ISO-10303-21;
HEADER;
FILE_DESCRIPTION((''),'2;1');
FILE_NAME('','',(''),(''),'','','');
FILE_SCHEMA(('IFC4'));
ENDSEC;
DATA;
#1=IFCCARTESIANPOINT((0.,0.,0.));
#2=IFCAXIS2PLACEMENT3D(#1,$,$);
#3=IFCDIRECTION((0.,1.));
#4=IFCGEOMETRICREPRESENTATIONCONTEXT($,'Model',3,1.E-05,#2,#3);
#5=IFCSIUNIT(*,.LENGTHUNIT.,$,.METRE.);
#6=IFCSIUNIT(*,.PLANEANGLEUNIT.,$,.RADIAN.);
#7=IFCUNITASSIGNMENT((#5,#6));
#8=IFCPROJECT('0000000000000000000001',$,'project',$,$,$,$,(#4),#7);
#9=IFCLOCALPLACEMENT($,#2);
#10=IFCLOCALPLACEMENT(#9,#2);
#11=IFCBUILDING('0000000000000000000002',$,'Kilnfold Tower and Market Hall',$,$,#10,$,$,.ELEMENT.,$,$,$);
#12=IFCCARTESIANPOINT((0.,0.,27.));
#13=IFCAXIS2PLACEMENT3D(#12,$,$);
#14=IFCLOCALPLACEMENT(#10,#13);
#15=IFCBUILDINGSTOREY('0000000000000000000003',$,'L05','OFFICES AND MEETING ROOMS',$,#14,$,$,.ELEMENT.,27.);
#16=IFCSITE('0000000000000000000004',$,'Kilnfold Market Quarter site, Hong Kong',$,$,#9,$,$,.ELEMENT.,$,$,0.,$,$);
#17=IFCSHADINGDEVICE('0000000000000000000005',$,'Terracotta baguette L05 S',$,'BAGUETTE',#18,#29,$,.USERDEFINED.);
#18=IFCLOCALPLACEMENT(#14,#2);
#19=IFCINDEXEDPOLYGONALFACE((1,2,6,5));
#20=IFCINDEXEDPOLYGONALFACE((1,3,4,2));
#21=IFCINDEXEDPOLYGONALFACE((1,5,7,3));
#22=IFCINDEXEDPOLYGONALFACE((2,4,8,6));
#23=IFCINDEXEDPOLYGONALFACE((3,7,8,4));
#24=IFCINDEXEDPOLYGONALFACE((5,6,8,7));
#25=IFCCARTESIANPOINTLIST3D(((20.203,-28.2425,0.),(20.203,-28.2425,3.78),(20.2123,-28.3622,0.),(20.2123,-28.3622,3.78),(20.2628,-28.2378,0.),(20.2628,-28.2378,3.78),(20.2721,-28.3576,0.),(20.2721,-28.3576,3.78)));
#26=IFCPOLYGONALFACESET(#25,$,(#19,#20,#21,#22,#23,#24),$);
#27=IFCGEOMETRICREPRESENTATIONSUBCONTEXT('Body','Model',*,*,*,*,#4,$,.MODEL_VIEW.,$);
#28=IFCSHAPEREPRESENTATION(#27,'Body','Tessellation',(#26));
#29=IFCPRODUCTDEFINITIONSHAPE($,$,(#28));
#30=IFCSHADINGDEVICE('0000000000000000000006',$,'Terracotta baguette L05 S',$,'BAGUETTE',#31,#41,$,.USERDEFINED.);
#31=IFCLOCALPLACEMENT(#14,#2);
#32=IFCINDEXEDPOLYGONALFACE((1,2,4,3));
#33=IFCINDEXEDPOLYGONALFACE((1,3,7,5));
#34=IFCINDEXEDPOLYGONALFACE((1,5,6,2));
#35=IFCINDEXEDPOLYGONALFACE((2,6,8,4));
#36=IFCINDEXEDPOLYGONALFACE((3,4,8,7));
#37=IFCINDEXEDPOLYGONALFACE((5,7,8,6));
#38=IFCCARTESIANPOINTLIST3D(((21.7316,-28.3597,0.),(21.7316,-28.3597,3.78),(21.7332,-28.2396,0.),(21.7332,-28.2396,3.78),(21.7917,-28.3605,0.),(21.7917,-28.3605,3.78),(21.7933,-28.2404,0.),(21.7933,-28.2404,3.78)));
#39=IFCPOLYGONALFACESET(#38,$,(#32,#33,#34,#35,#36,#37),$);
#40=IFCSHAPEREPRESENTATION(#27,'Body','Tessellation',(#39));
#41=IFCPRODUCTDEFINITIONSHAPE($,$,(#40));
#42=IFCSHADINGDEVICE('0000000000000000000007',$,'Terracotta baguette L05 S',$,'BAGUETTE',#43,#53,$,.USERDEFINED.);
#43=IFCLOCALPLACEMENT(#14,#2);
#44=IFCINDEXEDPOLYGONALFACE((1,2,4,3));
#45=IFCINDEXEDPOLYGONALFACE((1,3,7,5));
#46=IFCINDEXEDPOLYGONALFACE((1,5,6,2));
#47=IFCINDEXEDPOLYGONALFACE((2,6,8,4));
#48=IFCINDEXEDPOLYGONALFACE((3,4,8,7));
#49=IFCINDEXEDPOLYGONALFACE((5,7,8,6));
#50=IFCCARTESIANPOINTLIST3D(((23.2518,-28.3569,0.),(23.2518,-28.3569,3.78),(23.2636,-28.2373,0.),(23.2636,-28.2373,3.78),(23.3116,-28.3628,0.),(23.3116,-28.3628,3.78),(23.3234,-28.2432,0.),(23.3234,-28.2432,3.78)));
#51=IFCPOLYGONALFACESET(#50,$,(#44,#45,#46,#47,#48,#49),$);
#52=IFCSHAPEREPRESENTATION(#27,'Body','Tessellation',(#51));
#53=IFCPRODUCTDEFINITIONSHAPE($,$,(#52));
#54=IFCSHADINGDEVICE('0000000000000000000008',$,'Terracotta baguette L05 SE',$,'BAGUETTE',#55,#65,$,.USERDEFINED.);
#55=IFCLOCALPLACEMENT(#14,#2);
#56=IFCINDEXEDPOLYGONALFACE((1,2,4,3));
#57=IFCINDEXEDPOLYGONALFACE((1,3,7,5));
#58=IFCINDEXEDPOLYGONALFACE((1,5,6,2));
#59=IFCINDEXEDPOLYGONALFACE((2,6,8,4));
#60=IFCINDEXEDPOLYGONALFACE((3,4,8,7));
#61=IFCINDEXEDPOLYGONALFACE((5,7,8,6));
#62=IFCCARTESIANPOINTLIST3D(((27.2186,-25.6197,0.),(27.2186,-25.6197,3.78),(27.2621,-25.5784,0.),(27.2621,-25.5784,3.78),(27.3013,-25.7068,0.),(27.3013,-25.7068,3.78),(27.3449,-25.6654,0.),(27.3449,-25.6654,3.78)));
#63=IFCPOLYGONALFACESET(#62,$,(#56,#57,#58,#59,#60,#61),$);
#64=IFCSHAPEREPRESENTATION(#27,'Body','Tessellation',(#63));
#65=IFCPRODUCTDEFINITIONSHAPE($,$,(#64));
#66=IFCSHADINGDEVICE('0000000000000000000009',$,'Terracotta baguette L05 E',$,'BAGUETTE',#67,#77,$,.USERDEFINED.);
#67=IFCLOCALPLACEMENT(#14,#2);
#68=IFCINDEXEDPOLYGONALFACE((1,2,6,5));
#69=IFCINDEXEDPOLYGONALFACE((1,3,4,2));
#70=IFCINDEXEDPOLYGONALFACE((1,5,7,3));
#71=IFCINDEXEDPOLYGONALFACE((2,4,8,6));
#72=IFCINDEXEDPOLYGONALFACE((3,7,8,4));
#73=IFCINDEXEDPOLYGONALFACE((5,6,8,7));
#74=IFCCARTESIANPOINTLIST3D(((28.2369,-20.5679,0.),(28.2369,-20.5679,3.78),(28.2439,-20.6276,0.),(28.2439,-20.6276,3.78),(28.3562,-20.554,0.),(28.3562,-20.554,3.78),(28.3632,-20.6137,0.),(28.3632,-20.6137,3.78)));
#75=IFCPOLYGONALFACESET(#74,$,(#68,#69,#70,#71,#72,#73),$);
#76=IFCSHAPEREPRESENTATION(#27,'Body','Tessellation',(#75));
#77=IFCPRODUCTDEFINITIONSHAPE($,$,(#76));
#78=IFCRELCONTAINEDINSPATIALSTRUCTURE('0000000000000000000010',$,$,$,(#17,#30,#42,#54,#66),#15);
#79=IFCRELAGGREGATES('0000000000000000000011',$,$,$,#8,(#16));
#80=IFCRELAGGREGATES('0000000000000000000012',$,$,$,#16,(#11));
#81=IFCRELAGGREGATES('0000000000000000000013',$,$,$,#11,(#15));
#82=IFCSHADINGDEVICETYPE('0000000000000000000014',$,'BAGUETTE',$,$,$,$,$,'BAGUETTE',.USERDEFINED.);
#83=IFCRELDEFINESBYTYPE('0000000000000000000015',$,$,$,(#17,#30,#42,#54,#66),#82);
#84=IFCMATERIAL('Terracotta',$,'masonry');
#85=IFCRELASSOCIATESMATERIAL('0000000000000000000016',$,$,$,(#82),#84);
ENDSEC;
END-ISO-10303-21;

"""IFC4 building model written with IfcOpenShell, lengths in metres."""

from ifc_helpers import new_model, si_unit, direction, frame, origin, origin_2d, place, context, subcontext, project, spatial, rectangle, extrude, source, transform, mapped, material, material_profile, profile_set, type_object, element, save


model = new_model("IFC4")

# Units and contexts
model_context = context("Model", 3, precision=1e-05, world=origin(), true_north=direction((0.0, 1.0)))
body_context = subcontext(model_context, "Body", "Model", "MODEL_VIEW")
ifc_project = project(units=[si_unit("LENGTHUNIT", "METRE"), si_unit("PLANEANGLEUNIT", "RADIAN")], contexts=[model_context])

# Site, building, storey
site_placement = place(None, origin())
site = spatial("IfcSite", under=ifc_project, at=site_placement, Name="Kilnfold Market Quarter site, Hong Kong", CompositionType="ELEMENT", RefElevation=0.0)
building_placement = place(site_placement, origin())
building = spatial("IfcBuilding", under=site, at=building_placement, Name="Kilnfold Tower and Market Hall", CompositionType="ELEMENT")
storey_placement = place(building_placement, frame((0.0, 0.0, 27.0)))
storey = spatial("IfcBuildingStorey", under=building, at=storey_placement, Name="L05", Description="OFFICES AND MEETING ROOMS", CompositionType="ELEMENT", Elevation=27.0)

# Shading devices
ifc_material_1 = material(Name="Terracotta", Category="masonry")
ifc_material_profile_1 = material_profile(ifc_material_1, rectangle(XDim=0.0601, YDim=0.1201, at=origin_2d()), Name="BAG 60x120")
ifc_profile_set_1 = profile_set([ifc_material_profile_1], Name="Terracotta")
shading_device_type = type_object("IfcShadingDeviceType", Name="BAGUETTE", ElementType="BAGUETTE", PredefinedType="USERDEFINED", material=ifc_profile_set_1)
shared_shape_1 = source(origin(), body_context, "Body", "SweptSolid", [
    extrude(rectangle(XDim=0.0601, YDim=0.1201, at=origin_2d()), origin(), (0.0, 0.0, 1.0), 3.78),
])
for number, where, z_axis, x_axis, name in (
    (1, (20.2375, -28.3, 0.0), (0.0, 0.0, 1.0), (0.997009, 0.077286, 0.0), "Terracotta baguette L05 S"),
    (2, (21.7625, -28.3, 0.0), (0.0, 0.0, 1.0), (0.999908, -0.013545, 0.0), "Terracotta baguette L05 S"),
    (3, (23.2876, -28.3, 0.0), (0.0, 0.0, 1.0), (0.995167, -0.098194, 0.0), "Terracotta baguette L05 S"),
    (4, (27.2817, -25.6426, 0.0), (0.0, 0.0, 1.0), (0.725023, 0.688724, 0.0), "Terracotta baguette L05 SE"),
    (5, (28.3, -20.5908, 0.0), (0.0, 0.0, 1.0), (-0.115823, 0.99327, 0.0), "Terracotta baguette L05 E"),
):
    element("IfcShadingDevice", number, at=place(storey_placement, frame(where, z_axis=z_axis, x_axis=x_axis)), inside=storey, type_object=shading_device_type, Name=name, ObjectType="BAGUETTE", PredefinedType="USERDEFINED", context=body_context, shape_type="MappedRepresentation", body=[
        mapped(shared_shape_1, transform((0.0, 0.0, 0.0))),
    ])

save(model, "model.ifc")
